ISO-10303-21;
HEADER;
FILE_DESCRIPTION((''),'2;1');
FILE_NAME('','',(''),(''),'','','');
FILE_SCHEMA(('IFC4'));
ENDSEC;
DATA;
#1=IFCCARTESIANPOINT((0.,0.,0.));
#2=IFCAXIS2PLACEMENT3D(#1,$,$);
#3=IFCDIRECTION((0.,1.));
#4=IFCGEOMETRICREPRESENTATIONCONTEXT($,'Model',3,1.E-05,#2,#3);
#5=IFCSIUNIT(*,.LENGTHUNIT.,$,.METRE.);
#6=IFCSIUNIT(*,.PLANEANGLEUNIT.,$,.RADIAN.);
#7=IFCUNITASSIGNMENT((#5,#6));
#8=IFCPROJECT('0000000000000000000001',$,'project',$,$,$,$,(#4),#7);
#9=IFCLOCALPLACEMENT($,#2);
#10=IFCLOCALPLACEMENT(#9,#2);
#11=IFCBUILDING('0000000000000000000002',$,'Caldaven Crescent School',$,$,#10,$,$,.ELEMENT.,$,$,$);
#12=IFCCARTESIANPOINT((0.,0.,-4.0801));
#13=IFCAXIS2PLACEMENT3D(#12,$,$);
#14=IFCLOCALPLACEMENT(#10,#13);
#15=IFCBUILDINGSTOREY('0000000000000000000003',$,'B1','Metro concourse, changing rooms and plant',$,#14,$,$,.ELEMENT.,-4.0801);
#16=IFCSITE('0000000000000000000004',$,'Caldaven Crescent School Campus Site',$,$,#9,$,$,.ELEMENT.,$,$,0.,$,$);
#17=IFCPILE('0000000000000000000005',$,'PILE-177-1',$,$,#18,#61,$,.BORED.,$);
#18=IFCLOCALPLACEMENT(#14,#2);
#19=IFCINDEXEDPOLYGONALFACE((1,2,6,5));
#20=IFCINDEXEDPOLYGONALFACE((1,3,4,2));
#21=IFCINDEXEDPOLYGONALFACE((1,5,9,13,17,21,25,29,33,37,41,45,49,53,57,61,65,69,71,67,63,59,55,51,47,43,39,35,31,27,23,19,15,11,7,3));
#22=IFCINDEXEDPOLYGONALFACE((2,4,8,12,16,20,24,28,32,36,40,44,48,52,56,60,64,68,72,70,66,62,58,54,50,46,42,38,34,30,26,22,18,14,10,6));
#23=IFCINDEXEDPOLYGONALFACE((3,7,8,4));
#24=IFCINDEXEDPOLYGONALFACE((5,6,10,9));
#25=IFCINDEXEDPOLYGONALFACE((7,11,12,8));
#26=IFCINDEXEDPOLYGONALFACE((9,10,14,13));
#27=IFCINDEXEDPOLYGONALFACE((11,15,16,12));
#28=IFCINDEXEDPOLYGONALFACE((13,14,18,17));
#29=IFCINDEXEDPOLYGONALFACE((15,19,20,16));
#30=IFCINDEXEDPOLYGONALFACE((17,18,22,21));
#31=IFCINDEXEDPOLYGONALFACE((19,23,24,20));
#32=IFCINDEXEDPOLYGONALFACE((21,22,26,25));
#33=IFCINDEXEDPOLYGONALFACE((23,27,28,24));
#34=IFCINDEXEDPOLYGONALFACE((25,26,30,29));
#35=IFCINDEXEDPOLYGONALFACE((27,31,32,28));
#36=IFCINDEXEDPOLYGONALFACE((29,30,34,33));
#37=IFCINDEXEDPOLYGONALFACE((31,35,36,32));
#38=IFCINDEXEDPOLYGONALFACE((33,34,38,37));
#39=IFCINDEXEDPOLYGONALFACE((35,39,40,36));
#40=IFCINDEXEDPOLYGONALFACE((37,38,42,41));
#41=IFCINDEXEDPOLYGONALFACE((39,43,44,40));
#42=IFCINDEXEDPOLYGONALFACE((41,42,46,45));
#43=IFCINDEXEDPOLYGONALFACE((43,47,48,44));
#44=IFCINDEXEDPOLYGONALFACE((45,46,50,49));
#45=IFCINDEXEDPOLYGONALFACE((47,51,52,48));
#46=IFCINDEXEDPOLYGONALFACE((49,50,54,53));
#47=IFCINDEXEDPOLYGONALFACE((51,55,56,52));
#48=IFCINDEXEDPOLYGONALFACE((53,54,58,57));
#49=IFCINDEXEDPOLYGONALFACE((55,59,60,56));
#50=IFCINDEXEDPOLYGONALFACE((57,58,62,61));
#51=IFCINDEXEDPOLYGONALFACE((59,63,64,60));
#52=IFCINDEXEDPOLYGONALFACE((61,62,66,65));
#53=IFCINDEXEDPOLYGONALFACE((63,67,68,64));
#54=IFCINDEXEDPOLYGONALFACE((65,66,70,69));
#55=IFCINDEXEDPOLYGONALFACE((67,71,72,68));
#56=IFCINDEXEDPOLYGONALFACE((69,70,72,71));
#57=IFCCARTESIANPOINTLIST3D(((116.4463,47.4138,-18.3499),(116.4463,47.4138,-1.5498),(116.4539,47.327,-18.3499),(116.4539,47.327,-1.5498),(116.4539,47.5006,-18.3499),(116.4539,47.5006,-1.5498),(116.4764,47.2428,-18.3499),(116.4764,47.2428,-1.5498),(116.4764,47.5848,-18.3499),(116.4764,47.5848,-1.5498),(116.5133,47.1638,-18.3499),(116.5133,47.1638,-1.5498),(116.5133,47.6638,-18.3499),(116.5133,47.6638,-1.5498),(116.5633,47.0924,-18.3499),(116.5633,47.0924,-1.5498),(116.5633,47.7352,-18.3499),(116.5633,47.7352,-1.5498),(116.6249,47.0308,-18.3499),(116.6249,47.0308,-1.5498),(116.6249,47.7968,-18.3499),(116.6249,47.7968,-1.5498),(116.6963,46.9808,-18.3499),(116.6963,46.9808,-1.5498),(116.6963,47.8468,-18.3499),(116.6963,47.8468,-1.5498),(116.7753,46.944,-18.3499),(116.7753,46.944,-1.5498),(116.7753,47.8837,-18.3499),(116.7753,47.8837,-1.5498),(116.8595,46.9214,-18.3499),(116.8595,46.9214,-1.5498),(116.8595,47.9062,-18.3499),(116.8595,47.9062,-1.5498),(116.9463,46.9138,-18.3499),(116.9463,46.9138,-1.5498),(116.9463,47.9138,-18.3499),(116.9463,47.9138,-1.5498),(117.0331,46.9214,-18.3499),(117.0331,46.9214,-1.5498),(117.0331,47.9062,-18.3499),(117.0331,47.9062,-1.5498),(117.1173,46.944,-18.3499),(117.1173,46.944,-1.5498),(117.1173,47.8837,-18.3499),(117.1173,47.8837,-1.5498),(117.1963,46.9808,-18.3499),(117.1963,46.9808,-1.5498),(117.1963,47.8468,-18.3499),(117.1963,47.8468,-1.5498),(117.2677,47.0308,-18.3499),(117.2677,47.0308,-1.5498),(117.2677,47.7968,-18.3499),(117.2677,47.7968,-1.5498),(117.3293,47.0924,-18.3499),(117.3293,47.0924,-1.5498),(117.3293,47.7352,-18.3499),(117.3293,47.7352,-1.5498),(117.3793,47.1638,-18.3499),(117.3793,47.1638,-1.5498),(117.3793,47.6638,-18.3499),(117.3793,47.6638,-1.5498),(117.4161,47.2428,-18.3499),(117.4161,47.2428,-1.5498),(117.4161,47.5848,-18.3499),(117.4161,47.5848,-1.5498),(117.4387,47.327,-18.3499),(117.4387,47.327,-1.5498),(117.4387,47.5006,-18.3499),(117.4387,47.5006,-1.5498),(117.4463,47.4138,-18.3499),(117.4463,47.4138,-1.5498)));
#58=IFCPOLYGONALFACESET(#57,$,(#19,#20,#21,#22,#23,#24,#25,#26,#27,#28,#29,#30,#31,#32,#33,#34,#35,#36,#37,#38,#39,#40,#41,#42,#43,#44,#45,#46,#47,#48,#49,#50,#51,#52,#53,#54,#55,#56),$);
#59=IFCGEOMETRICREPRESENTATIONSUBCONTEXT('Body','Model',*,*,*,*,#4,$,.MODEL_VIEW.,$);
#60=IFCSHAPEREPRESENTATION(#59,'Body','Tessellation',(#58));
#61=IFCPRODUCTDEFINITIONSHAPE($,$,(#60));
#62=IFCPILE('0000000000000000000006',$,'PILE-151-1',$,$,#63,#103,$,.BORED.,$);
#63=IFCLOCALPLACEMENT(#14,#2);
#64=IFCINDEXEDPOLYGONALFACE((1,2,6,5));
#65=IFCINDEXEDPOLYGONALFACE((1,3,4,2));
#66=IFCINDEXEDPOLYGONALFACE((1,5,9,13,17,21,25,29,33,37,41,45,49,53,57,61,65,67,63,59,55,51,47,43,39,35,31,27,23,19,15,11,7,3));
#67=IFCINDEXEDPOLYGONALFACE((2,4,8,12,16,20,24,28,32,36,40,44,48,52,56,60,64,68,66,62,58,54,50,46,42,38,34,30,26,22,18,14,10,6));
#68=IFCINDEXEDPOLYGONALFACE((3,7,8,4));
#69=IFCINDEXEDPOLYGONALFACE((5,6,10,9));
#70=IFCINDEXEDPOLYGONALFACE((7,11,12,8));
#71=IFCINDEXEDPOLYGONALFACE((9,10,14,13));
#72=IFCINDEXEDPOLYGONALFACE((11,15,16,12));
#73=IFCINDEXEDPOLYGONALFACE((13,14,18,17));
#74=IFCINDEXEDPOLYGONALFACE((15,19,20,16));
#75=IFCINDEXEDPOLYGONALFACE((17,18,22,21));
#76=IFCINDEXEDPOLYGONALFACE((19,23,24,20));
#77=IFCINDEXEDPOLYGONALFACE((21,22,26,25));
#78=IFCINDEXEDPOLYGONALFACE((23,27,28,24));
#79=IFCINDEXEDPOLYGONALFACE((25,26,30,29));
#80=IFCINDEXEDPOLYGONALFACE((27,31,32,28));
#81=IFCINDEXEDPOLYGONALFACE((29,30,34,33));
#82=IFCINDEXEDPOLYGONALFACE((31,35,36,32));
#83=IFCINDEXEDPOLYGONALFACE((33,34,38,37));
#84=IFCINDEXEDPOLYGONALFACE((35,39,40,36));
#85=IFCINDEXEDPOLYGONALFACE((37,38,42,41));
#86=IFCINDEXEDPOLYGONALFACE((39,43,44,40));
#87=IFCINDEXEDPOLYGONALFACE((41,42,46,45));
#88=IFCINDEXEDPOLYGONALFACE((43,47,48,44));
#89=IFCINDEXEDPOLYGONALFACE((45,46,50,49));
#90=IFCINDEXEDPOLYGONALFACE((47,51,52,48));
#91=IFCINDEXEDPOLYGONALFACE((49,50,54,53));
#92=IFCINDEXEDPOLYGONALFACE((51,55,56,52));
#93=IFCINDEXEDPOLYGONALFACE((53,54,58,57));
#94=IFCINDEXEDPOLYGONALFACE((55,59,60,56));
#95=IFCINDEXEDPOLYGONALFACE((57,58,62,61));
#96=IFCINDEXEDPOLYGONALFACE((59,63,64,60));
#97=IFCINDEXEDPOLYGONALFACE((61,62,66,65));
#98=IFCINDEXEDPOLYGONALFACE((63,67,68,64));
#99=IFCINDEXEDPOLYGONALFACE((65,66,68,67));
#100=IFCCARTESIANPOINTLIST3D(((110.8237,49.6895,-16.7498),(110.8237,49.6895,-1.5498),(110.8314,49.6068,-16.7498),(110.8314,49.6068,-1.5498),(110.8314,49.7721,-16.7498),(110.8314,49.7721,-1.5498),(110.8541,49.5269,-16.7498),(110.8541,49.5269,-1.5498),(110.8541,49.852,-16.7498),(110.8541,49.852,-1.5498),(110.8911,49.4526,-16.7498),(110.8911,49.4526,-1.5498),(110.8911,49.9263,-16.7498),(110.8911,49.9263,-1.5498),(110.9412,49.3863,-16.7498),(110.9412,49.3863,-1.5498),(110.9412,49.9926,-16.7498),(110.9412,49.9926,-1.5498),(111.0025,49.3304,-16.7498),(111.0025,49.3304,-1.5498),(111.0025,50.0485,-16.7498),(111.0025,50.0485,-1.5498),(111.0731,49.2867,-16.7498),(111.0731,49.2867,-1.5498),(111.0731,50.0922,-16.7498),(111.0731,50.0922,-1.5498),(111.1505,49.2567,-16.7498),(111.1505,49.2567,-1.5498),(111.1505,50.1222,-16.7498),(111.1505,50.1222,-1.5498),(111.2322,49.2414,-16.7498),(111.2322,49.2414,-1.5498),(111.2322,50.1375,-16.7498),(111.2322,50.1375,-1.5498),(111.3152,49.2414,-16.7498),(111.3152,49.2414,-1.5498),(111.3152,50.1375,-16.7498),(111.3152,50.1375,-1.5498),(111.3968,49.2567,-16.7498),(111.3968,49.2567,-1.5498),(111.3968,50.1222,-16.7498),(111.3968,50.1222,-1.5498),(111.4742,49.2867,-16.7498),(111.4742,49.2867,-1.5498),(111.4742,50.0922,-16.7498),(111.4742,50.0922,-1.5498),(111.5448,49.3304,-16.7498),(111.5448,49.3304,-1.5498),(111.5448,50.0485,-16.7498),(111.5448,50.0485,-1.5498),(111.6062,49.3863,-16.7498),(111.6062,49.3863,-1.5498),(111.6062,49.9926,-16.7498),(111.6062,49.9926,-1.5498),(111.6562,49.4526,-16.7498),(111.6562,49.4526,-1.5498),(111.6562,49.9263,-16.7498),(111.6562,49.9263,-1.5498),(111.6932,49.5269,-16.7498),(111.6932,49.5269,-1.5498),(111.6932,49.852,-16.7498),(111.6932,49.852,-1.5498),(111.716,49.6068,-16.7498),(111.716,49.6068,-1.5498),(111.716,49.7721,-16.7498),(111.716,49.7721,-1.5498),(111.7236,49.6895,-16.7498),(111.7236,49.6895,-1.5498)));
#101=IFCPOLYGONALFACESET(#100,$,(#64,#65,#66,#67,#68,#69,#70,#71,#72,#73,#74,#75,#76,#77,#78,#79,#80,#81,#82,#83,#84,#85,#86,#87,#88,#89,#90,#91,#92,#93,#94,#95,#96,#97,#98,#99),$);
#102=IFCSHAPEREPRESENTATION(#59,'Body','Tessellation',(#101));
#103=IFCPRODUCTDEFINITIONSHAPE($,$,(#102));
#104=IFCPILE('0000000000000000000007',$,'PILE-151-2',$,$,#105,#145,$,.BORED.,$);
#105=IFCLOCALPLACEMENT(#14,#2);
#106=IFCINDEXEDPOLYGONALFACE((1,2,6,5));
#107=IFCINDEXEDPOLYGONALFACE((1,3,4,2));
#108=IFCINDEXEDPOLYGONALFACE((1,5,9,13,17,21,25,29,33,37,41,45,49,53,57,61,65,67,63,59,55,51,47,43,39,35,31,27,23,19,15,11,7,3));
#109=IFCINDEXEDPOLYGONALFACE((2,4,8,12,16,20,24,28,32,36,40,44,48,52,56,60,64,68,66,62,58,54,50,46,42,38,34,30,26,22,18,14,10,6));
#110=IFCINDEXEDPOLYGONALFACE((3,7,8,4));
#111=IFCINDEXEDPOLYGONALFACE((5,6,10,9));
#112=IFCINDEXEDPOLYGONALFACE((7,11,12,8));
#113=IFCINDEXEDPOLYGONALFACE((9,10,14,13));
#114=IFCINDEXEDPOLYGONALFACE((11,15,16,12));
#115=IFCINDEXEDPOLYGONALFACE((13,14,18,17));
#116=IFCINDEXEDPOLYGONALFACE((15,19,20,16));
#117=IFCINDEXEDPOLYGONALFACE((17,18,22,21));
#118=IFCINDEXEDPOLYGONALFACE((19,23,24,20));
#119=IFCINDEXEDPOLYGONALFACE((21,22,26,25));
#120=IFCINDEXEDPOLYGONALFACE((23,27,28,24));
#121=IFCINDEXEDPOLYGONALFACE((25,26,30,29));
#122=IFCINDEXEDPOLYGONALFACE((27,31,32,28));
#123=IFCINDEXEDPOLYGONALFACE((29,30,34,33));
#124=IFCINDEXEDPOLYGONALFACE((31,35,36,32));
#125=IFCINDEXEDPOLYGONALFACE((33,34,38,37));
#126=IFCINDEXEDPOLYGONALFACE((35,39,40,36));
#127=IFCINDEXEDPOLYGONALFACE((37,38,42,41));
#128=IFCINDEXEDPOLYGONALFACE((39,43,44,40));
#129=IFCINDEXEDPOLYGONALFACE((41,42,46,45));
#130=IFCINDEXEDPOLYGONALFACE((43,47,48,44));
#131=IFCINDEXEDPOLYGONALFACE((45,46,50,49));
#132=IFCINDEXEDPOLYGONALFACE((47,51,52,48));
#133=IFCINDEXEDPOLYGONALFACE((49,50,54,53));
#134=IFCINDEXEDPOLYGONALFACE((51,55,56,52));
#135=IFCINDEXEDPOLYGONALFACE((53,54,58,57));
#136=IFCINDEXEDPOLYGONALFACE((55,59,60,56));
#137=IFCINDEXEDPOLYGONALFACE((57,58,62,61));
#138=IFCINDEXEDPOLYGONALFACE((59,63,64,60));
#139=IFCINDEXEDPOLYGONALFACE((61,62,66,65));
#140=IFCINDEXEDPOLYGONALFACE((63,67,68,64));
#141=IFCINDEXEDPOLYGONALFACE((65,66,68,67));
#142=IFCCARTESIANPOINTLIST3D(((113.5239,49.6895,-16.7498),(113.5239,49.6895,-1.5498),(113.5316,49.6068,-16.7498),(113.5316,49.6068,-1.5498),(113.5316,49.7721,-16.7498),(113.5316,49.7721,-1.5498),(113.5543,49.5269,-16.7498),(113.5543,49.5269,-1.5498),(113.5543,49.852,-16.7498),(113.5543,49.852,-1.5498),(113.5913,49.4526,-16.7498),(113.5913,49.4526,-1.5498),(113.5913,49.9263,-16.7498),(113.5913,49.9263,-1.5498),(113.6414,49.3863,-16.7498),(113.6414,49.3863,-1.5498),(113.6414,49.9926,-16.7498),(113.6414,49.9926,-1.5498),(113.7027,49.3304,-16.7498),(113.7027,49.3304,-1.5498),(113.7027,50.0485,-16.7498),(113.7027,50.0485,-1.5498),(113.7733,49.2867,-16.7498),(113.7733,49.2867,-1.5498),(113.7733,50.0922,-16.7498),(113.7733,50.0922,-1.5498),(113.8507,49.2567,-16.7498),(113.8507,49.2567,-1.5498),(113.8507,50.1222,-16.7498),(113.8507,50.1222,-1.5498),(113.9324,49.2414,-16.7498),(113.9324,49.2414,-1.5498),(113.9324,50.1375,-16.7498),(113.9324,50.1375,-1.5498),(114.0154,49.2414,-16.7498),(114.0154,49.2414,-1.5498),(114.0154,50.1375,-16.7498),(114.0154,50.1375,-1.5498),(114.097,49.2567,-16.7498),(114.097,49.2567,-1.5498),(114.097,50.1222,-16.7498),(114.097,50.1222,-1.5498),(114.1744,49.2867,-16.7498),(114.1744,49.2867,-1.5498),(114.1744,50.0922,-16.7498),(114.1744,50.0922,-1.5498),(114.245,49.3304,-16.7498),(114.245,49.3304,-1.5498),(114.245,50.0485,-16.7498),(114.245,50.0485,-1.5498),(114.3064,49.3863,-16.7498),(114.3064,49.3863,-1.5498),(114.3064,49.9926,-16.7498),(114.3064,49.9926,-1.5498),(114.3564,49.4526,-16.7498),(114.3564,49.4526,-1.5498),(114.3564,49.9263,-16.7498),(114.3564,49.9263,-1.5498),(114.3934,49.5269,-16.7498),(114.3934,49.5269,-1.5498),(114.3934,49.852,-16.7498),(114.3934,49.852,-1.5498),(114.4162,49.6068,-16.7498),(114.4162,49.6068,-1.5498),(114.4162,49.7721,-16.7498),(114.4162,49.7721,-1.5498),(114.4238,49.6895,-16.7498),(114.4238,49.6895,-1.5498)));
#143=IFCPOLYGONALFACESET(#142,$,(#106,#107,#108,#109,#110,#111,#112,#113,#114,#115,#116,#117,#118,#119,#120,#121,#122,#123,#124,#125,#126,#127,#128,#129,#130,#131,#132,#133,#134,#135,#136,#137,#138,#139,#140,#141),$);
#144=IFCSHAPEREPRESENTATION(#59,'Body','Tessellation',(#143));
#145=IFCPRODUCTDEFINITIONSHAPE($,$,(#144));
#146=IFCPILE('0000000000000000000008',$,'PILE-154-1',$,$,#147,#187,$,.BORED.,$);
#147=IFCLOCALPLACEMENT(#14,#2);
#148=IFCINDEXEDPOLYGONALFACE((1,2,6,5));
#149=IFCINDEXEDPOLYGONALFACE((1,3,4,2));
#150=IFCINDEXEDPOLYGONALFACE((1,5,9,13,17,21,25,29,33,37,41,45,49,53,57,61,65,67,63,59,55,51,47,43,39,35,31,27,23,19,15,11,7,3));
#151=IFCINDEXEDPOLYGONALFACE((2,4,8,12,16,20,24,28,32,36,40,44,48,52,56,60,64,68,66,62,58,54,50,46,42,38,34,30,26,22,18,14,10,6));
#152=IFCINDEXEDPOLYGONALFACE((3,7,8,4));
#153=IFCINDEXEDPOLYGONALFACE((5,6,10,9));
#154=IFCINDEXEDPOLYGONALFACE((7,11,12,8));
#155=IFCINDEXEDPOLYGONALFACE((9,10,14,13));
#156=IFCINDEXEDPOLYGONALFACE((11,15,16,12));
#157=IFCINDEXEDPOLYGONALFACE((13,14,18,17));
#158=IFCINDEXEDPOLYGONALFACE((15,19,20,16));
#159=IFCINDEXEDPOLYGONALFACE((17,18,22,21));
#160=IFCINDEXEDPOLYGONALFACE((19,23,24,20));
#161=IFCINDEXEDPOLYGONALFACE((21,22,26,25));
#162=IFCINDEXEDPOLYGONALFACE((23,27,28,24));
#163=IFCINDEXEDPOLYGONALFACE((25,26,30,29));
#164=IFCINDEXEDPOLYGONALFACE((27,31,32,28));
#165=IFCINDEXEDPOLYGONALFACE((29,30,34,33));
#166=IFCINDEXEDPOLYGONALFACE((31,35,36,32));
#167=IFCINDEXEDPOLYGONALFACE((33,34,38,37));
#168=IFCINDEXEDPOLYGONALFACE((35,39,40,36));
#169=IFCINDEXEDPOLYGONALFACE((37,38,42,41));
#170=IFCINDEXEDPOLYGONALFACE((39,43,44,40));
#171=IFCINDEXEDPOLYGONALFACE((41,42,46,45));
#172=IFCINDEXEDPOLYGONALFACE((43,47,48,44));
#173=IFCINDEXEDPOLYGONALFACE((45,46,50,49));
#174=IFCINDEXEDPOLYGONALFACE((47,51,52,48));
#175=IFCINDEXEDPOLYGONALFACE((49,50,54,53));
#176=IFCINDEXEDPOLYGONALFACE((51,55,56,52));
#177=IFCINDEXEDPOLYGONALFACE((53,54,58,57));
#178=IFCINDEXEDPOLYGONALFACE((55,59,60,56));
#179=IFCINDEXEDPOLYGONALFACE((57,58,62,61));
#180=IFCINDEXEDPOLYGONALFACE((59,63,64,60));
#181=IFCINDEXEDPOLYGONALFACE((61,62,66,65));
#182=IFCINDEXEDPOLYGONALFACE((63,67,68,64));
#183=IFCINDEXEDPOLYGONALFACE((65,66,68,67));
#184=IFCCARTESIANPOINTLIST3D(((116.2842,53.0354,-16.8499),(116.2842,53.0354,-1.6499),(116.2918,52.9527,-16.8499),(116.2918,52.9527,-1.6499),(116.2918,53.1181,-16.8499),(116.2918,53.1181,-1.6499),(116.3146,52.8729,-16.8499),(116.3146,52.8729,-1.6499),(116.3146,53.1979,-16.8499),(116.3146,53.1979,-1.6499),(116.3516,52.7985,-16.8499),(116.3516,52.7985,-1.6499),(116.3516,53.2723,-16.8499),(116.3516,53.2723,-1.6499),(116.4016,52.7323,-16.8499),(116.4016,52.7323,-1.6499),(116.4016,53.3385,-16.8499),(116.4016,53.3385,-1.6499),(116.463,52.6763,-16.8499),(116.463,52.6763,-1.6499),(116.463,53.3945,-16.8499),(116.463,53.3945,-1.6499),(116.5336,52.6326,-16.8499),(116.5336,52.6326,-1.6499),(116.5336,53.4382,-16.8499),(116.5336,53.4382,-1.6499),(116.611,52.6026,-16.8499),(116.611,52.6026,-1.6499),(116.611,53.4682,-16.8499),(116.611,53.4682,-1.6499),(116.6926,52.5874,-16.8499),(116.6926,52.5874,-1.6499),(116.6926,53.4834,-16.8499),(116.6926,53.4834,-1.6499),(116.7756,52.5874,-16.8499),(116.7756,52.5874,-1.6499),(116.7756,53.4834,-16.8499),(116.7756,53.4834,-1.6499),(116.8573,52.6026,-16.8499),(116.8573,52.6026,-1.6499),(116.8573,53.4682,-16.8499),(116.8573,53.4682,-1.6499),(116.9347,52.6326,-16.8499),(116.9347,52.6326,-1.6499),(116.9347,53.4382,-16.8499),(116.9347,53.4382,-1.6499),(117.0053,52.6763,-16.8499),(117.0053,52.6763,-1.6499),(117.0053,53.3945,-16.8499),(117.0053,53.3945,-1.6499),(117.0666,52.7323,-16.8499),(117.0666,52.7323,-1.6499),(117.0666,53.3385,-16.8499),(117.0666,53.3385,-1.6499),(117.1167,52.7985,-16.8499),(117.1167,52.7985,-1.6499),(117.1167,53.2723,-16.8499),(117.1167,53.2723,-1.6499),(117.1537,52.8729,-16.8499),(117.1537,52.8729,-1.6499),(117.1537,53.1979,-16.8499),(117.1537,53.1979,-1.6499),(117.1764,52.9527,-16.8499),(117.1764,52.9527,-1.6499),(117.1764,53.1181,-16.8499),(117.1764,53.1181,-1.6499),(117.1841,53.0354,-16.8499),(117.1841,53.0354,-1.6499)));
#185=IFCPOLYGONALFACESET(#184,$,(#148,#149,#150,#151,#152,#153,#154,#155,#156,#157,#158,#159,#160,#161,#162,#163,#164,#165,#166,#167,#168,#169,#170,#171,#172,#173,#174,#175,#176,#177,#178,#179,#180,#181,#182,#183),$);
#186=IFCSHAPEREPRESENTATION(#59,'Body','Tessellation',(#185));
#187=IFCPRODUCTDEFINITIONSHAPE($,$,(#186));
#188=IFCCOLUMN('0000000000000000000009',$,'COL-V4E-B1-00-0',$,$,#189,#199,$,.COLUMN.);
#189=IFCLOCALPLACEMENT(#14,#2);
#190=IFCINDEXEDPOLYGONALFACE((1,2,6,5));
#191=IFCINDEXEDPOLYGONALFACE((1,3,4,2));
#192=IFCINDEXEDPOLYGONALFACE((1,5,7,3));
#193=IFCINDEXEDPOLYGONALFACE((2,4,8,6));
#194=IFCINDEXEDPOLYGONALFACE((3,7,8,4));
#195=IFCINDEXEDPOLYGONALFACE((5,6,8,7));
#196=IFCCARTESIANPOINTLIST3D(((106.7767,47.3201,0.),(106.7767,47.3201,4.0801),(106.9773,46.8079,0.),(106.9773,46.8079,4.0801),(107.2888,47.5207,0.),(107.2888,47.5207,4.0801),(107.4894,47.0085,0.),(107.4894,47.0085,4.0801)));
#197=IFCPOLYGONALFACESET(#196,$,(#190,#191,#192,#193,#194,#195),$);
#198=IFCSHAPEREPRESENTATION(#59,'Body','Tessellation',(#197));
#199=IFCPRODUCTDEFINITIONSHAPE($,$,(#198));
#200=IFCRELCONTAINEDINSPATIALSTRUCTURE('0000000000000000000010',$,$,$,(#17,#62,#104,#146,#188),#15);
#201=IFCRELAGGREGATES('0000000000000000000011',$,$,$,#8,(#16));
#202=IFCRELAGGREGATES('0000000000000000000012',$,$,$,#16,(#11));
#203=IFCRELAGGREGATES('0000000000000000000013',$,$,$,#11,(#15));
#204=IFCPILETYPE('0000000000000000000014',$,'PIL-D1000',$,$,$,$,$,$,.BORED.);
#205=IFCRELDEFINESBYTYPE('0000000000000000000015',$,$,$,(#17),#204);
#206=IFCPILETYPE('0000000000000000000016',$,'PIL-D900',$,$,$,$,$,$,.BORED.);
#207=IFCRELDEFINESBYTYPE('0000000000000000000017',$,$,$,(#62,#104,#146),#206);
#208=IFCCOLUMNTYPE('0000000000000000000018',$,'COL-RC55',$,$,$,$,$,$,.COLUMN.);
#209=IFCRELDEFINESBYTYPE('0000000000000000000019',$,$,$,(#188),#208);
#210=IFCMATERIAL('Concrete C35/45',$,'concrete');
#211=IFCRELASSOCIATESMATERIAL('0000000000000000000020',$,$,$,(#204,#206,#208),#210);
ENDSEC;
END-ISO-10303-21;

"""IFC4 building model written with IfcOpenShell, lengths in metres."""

from ifc_helpers import new_model, si_unit, direction, frame, origin, origin_2d, place, context, subcontext, project, spatial, rectangle, circle, extrude, material, material_profile, profile_set, type_object, element, save


model = new_model("IFC4")

# Units and contexts
model_context = context("Model", 3, precision=1e-05, world=origin(), true_north=direction((0.0, 1.0)))
body_context = subcontext(model_context, "Body", "Model", "MODEL_VIEW")
ifc_project = project(units=[si_unit("LENGTHUNIT", "METRE"), si_unit("PLANEANGLEUNIT", "RADIAN")], contexts=[model_context])

# Site, building, storey
site_placement = place(None, origin())
site = spatial("IfcSite", under=ifc_project, at=site_placement, Name="Caldaven Crescent School Campus Site", CompositionType="ELEMENT", RefElevation=0.0)
building_placement = place(site_placement, origin())
building = spatial("IfcBuilding", under=site, at=building_placement, Name="Caldaven Crescent School", CompositionType="ELEMENT")
storey_placement = place(building_placement, frame((0.0, 0.0, -4.0801)))
storey = spatial("IfcBuildingStorey", under=building, at=storey_placement, Name="B1", Description="Metro concourse, changing rooms and plant", CompositionType="ELEMENT", Elevation=-4.0801)

# Shared definitions
ifc_material_1 = material(Name="Concrete C35/45", Category="concrete")

# Piles
ifc_material_profile_1 = material_profile(ifc_material_1, circle(Radius=0.5, at=origin_2d()), Name="PILE D1000")
ifc_profile_set_1 = profile_set([ifc_material_profile_1], Name="Concrete C35/45")
pile_type_1 = type_object("IfcPileType", Name="PIL-D1000", PredefinedType="BORED", material=ifc_profile_set_1)
for number, where, z_axis, x_axis, name in (
    (1, (116.9463, 47.4138, -1.5498), (0.0, 0.0, -1.0), (1.0, 0.0, 0.0), "PILE-177-1"),
):
    element("IfcPile", number, at=place(storey_placement, frame(where, z_axis=z_axis, x_axis=x_axis)), inside=storey, type_object=pile_type_1, Name=name, PredefinedType="BORED", context=body_context, shape_type="SweptSolid", body=[
        extrude(circle(Radius=0.5, at=origin_2d()), origin(), (0.0, 0.0, 1.0), 16.8),
    ])
ifc_material_profile_2 = material_profile(ifc_material_1, circle(Radius=0.45, at=origin_2d()), Name="PILE D900")
ifc_profile_set_2 = profile_set([ifc_material_profile_2], Name="Concrete C35/45")
pile_type_2 = type_object("IfcPileType", Name="PIL-D900", PredefinedType="BORED", material=ifc_profile_set_2)
for number, where, z_axis, x_axis, name in (
    (2, (111.2737, 49.6895, -1.5498), (0.0, 0.0, -1.0), (1.0, 0.0, 0.0), "PILE-151-1"),
    (3, (113.9739, 49.6895, -1.5498), (0.0, 0.0, -1.0), (1.0, 0.0, 0.0), "PILE-151-2"),
    (4, (116.7341, 53.0354, -1.6499), (0.0, 0.0, -1.0), (1.0, 0.0, 0.0), "PILE-154-1"),
):
    element("IfcPile", number, at=place(storey_placement, frame(where, z_axis=z_axis, x_axis=x_axis)), inside=storey, type_object=pile_type_2, Name=name, PredefinedType="BORED", context=body_context, shape_type="SweptSolid", body=[
        extrude(circle(Radius=0.45, at=origin_2d()), origin(), (0.0, 0.0, 1.0), 15.2),
    ])

# Column
ifc_material_profile_3 = material_profile(ifc_material_1, rectangle(XDim=0.55, YDim=0.55, at=origin_2d()), Name="RC 550x550")
ifc_profile_set_3 = profile_set([ifc_material_profile_3], Name="Concrete C35/45")
column_type_1 = type_object("IfcColumnType", Name="COL-RC55", PredefinedType="COLUMN", material=ifc_profile_set_3)
for number, where, z_axis, x_axis, name in (
    (5, (107.1331, 47.1643, 0.0), (0.0, 0.0, 1.0), (0.364714, -0.931119, 0.0), "COL-V4E-B1-00-0"),
):
    element("IfcColumn", number, at=place(storey_placement, frame(where, z_axis=z_axis, x_axis=x_axis)), inside=storey, type_object=column_type_1, Name=name, PredefinedType="COLUMN", context=body_context, shape_type="SweptSolid", body=[
        extrude(rectangle(XDim=0.55, YDim=0.55, at=origin_2d()), origin(), (0.0, 0.0, 1.0), 4.0801),
    ])

save(model, "model.ifc")
